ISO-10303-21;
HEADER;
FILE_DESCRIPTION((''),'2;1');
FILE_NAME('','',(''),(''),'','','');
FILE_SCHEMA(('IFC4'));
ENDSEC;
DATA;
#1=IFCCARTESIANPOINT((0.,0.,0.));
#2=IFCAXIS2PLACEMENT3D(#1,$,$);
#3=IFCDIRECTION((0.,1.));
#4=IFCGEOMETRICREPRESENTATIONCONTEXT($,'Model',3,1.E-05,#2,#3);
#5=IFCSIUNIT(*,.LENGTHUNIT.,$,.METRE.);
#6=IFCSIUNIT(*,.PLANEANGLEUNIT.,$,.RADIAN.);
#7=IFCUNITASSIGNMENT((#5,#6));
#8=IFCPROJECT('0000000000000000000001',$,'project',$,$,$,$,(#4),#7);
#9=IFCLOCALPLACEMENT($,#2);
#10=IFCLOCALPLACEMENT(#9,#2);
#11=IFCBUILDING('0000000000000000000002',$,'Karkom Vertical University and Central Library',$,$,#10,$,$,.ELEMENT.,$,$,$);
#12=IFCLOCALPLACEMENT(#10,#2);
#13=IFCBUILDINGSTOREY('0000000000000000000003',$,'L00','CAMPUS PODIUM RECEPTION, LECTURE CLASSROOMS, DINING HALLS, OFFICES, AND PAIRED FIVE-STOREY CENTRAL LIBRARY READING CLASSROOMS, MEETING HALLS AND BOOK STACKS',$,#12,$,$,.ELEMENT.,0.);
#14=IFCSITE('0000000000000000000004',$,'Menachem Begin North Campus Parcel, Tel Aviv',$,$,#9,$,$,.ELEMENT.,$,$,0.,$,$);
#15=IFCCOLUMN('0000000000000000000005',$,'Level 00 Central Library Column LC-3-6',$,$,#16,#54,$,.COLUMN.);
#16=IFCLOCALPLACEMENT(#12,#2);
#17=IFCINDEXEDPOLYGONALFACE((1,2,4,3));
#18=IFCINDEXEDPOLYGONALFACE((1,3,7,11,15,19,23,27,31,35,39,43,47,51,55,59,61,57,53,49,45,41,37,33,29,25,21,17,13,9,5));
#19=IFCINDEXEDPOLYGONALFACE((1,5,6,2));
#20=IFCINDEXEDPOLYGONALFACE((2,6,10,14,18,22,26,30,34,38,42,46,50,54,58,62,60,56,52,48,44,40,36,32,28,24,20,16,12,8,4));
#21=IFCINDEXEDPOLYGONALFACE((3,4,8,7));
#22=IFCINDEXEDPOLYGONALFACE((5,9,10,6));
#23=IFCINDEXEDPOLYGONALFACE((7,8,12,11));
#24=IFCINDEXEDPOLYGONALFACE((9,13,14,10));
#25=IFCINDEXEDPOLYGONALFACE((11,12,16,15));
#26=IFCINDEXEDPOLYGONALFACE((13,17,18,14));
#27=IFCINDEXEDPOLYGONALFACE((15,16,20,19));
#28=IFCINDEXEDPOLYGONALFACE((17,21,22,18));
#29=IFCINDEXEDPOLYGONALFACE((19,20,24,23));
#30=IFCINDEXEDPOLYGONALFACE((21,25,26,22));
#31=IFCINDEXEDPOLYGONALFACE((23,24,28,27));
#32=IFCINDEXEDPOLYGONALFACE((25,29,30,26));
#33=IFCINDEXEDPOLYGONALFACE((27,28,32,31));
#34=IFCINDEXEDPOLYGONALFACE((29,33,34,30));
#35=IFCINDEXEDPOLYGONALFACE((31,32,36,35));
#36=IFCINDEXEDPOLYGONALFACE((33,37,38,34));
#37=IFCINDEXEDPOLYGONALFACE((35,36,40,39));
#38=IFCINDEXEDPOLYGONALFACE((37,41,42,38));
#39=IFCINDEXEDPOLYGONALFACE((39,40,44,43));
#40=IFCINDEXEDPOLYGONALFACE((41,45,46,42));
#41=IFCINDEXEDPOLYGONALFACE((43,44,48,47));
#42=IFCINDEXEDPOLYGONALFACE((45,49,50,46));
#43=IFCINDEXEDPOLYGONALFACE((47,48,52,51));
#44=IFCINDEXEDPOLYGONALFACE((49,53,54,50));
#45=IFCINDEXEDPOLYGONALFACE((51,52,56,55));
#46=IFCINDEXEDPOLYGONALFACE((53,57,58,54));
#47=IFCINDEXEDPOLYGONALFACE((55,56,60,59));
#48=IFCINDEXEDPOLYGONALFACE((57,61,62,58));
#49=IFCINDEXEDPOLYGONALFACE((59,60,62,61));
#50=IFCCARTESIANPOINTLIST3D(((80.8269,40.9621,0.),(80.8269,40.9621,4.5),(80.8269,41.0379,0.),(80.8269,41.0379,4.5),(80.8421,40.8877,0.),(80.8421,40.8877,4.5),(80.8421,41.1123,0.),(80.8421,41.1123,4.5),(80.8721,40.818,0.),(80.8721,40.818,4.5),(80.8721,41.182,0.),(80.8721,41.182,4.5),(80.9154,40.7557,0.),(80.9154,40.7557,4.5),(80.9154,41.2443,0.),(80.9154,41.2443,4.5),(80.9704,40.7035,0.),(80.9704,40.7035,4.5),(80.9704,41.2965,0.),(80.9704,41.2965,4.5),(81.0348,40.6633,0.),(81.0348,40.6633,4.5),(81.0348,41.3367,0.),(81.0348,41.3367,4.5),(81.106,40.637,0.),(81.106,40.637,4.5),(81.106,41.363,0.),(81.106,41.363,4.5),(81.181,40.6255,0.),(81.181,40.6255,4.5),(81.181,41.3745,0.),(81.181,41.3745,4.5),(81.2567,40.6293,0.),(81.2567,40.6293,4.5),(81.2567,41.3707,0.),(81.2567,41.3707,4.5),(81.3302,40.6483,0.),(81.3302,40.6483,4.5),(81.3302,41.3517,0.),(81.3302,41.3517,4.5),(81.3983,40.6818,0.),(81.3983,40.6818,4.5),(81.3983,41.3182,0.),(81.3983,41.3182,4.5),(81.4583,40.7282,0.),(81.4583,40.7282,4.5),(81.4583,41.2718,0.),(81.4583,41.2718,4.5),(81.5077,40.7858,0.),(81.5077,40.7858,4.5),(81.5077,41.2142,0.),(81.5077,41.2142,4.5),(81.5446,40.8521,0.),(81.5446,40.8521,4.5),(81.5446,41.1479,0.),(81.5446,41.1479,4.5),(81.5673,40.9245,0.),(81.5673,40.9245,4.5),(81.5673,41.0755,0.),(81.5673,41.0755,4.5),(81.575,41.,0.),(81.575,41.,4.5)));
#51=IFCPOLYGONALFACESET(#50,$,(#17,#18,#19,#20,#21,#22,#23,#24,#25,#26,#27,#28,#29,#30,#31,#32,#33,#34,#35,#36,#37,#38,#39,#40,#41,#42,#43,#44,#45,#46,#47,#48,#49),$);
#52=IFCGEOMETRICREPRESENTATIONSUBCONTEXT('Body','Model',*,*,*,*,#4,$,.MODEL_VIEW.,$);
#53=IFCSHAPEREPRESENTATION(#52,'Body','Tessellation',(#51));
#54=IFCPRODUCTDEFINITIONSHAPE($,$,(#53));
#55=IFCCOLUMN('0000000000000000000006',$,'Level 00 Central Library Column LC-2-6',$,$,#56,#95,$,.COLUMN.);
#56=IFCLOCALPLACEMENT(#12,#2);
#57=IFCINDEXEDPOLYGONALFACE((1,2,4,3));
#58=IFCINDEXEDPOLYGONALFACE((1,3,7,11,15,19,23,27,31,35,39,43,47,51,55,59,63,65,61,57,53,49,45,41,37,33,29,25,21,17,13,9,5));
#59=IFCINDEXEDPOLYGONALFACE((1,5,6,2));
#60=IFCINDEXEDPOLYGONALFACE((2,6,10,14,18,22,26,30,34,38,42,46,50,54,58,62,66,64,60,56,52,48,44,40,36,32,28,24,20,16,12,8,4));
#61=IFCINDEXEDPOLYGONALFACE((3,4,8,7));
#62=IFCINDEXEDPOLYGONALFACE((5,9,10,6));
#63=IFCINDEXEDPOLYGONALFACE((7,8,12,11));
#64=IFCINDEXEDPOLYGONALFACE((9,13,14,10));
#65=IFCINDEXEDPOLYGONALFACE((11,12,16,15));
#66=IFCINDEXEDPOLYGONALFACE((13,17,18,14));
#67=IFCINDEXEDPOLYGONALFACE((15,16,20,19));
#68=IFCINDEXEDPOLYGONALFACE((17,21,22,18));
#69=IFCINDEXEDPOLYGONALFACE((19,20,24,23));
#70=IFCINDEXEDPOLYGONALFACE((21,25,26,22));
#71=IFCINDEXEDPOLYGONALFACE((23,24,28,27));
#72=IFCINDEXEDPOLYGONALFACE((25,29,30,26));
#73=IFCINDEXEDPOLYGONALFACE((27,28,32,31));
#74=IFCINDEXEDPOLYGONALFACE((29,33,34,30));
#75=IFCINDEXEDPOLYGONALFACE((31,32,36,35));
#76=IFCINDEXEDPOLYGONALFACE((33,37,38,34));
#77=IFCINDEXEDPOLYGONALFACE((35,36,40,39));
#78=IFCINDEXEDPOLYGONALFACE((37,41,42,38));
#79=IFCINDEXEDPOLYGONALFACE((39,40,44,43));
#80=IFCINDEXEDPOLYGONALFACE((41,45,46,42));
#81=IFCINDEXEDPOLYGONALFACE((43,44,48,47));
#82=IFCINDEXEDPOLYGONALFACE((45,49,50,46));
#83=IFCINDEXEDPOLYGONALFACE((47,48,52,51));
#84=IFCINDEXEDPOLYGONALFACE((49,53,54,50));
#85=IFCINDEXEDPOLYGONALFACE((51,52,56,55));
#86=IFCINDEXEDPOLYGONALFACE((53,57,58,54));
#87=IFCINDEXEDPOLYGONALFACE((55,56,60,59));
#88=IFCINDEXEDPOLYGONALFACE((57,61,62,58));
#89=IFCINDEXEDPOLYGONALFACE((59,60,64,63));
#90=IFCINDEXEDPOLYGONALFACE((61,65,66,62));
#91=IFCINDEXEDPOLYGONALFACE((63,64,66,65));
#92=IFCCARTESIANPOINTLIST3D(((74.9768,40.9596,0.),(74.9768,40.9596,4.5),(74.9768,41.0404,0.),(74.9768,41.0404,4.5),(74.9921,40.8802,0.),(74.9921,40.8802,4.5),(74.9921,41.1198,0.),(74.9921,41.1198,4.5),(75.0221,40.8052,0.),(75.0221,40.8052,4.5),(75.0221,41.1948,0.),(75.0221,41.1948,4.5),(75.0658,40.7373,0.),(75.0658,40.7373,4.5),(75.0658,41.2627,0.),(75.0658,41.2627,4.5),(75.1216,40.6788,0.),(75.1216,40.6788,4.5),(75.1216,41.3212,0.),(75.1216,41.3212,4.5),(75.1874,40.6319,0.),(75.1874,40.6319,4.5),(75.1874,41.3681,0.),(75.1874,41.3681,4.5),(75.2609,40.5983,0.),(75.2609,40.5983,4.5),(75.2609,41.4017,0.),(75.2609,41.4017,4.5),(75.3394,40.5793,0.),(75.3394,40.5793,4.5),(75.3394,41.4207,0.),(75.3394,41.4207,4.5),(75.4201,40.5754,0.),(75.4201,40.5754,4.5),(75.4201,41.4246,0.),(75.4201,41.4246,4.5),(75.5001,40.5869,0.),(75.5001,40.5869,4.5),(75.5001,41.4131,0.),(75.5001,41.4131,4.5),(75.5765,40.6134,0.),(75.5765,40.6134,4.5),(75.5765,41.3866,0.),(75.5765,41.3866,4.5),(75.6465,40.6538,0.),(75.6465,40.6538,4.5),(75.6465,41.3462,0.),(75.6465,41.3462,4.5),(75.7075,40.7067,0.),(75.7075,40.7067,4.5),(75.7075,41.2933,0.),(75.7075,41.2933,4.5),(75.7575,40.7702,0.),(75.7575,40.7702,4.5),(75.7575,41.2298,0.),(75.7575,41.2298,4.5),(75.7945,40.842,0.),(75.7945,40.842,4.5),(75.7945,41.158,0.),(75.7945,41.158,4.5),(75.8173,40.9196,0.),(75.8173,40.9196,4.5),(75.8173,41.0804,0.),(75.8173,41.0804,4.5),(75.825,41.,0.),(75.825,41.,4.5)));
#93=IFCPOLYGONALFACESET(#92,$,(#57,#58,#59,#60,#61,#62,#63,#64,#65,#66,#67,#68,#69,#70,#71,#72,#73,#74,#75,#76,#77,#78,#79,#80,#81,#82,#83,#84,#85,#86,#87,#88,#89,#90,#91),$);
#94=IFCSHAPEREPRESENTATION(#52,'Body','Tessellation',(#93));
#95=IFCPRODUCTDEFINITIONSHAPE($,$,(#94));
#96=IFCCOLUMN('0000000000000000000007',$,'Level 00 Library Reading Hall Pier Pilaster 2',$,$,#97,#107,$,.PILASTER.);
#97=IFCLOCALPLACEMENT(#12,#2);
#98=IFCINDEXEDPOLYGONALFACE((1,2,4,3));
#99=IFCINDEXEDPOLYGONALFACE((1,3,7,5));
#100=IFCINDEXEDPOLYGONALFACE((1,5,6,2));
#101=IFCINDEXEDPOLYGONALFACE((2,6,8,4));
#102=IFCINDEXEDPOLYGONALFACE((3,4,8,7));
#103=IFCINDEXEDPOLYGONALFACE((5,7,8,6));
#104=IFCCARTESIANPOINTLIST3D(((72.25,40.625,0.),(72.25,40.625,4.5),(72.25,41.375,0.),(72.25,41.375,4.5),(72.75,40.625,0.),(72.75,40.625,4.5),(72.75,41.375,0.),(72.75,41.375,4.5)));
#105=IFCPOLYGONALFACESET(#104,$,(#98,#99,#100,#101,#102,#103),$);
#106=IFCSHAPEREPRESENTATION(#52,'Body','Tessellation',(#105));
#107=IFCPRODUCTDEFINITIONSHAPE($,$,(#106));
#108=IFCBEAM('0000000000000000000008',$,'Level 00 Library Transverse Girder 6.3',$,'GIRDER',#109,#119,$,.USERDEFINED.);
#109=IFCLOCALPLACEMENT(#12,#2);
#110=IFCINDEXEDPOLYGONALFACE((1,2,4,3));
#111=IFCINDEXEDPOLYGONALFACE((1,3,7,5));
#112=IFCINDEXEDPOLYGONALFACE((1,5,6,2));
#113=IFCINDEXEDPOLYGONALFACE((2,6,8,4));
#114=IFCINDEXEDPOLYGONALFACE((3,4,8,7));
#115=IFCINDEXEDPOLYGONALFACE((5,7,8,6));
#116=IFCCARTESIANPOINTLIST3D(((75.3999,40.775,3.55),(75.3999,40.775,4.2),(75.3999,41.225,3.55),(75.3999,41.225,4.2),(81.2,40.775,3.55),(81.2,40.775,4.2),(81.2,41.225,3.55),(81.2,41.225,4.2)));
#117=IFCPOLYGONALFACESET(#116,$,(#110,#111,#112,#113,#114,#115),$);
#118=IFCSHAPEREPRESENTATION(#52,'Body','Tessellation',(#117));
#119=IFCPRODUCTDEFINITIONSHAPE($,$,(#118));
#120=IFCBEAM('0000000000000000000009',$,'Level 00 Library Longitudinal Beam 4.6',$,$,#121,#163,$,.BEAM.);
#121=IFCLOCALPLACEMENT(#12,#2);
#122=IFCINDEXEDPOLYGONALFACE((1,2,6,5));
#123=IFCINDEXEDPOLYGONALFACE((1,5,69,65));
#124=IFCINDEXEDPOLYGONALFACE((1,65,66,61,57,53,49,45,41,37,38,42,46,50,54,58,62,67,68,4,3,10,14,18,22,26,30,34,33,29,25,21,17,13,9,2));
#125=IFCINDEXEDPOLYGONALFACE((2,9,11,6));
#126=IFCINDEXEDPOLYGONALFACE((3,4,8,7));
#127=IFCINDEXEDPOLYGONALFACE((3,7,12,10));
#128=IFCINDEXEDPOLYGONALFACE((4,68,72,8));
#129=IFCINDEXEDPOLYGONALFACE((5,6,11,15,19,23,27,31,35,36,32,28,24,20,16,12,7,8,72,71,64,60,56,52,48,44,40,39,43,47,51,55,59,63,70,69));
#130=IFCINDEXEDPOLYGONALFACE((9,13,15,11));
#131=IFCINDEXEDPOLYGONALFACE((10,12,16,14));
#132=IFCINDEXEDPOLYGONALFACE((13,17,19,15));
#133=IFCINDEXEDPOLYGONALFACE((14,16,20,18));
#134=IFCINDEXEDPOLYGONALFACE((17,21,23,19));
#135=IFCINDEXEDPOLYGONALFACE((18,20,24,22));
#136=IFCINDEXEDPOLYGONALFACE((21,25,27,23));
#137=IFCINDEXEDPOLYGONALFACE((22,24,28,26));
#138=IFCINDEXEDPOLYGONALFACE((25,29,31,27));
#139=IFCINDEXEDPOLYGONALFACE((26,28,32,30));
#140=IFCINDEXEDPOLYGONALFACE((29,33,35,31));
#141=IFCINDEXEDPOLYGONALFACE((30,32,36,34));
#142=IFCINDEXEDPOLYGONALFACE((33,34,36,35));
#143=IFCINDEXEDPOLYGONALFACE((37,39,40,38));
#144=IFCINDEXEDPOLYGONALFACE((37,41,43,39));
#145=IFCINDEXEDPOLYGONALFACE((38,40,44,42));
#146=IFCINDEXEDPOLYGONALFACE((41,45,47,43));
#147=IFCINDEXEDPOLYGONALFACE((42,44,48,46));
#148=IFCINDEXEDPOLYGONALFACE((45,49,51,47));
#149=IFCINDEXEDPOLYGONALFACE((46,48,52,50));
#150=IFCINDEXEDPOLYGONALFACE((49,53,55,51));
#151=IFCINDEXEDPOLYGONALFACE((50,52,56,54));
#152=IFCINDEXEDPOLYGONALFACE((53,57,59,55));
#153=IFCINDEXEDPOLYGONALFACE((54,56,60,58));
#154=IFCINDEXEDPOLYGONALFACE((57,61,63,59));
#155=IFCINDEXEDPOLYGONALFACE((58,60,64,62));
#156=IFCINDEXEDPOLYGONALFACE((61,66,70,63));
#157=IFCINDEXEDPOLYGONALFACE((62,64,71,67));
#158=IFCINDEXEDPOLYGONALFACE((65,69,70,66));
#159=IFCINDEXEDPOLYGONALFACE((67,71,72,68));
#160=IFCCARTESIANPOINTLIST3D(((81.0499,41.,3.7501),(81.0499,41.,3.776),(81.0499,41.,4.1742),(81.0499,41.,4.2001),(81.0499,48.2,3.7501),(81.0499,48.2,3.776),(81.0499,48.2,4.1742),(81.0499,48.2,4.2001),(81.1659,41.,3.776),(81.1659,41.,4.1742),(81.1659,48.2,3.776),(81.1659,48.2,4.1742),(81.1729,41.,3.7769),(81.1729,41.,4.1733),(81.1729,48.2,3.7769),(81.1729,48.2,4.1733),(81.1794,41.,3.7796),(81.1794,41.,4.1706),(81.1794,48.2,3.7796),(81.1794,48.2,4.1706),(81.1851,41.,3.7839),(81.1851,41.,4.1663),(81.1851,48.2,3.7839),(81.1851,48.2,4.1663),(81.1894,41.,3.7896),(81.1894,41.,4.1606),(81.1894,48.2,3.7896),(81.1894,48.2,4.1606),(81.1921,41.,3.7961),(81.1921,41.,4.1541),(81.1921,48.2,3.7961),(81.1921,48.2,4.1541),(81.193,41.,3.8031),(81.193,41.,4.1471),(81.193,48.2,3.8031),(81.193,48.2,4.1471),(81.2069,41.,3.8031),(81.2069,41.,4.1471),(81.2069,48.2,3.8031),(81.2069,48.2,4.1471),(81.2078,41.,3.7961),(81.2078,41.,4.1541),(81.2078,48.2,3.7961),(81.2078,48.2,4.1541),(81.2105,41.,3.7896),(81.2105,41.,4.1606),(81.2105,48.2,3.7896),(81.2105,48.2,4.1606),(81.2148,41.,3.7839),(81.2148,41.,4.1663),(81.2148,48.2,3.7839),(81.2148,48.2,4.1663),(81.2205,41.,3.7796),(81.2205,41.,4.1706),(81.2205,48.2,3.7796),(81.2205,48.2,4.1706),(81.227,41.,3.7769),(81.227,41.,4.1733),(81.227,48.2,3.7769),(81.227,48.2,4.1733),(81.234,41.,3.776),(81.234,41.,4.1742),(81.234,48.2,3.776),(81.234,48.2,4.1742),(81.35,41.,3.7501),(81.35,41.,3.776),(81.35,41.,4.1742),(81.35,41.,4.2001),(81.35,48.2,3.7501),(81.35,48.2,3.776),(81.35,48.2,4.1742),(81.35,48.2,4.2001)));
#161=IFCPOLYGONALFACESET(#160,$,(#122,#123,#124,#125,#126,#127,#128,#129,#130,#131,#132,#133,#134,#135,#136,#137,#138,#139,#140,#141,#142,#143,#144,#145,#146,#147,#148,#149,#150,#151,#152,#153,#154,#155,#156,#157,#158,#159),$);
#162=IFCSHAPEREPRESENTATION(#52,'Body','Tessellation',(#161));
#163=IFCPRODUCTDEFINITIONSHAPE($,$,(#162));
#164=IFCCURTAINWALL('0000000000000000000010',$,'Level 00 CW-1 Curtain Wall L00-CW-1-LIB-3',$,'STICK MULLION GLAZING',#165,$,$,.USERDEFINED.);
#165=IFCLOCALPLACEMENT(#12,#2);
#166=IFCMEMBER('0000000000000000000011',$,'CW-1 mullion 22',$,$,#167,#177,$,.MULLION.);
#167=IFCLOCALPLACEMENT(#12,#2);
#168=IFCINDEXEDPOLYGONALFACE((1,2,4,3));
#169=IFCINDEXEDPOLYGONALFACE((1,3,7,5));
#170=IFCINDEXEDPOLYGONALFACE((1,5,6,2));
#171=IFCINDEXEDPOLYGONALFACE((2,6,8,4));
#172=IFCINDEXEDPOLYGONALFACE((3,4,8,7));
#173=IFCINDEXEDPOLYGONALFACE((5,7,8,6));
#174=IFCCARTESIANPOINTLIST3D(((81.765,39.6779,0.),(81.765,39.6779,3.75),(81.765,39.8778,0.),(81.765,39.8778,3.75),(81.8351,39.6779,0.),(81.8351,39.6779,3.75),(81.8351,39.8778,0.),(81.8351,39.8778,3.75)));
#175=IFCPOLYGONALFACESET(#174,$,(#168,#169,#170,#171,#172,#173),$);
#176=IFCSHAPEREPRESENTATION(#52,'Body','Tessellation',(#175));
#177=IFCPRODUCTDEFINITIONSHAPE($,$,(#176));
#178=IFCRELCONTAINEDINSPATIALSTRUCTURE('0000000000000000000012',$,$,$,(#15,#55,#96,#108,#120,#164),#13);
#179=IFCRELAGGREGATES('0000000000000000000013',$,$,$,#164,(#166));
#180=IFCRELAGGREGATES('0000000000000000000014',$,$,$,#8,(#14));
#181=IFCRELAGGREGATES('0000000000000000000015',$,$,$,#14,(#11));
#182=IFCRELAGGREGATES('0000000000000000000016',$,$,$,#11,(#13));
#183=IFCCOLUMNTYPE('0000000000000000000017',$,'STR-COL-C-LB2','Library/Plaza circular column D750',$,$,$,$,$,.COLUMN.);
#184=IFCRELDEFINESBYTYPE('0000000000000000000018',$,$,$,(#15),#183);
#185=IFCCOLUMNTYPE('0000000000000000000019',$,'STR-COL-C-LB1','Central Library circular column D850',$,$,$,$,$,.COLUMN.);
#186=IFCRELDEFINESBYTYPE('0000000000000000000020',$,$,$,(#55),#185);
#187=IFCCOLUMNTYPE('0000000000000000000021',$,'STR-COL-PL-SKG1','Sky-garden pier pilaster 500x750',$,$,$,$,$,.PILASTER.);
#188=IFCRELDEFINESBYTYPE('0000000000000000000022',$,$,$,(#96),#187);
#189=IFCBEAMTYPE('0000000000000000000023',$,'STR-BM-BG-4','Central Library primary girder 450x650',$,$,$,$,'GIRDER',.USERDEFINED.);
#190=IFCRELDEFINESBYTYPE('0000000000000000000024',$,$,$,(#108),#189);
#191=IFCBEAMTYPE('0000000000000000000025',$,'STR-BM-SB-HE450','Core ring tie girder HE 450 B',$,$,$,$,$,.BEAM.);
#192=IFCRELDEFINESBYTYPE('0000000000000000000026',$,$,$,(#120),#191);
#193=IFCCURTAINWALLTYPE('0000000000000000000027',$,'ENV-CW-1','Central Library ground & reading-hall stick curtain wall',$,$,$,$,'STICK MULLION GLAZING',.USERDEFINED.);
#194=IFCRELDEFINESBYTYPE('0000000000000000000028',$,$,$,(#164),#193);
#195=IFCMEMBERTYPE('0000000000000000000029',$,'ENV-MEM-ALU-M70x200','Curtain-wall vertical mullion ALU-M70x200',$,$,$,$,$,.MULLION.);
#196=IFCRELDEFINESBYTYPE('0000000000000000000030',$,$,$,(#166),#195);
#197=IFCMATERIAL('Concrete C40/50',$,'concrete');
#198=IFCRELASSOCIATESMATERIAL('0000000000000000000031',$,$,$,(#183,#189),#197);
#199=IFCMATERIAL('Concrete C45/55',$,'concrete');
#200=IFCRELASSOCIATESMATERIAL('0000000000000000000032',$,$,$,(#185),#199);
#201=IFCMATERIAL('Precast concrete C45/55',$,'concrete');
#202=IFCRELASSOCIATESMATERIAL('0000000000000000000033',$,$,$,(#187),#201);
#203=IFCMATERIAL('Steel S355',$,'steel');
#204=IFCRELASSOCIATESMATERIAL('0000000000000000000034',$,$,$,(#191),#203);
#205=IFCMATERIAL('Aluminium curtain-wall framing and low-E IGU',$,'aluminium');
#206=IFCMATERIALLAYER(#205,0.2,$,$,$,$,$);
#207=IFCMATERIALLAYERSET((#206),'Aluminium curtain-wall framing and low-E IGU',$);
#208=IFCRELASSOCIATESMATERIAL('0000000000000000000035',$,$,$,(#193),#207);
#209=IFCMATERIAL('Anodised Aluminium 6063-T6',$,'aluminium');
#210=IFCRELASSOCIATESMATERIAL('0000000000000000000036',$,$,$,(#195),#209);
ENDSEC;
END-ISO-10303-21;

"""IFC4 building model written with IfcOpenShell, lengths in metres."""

from ifc_helpers import new_model, si_unit, direction, frame, origin, origin_with_axes, origin_2d, place, context, subcontext, project, spatial, rectangle, circle, i_section, extrude, source, transform, mapped, material, layer, layer_set, material_profile, profile_set, type_object, element, aggregate, save


model = new_model("IFC4")

# Units and contexts
model_context = context("Model", 3, precision=1e-05, world=origin(), true_north=direction((0.0, 1.0)))
body_context = subcontext(model_context, "Body", "Model", "MODEL_VIEW")
ifc_project = project(units=[si_unit("LENGTHUNIT", "METRE"), si_unit("PLANEANGLEUNIT", "RADIAN")], contexts=[model_context])

# Site, building, storey
site_placement = place(None, origin())
site = spatial("IfcSite", under=ifc_project, at=site_placement, Name="Menachem Begin North Campus Parcel, Tel Aviv", CompositionType="ELEMENT", RefElevation=0.0)
building_placement = place(site_placement, origin())
building = spatial("IfcBuilding", under=site, at=building_placement, Name="Karkom Vertical University and Central Library", CompositionType="ELEMENT")
storey_placement = place(building_placement, origin())
storey = spatial("IfcBuildingStorey", under=building, at=storey_placement, Name="L00", Description="CAMPUS PODIUM RECEPTION, LECTURE CLASSROOMS, DINING HALLS, OFFICES, AND PAIRED FIVE-STOREY CENTRAL LIBRARY READING CLASSROOMS, MEETING HALLS AND BOOK STACKS", CompositionType="ELEMENT", Elevation=0.0)

# Columns
ifc_material_1 = material(Name="Concrete C40/50", Category="concrete")
ifc_material_profile_1 = material_profile(ifc_material_1, circle(Radius=0.375, at=origin_2d()), Name="RC-D750")
ifc_profile_set_1 = profile_set([ifc_material_profile_1], Name="Concrete C40/50")
column_type_1 = type_object("IfcColumnType", Name="STR-COL-C-LB2", Description="Library/Plaza circular column D750", PredefinedType="COLUMN", material=ifc_profile_set_1)
shared_shape_1 = source(origin_with_axes(), body_context, "Body", "SweptSolid", [
    extrude(circle(Radius=0.375, at=origin_2d()), origin(), (0.0, 0.0, 1.0), 4.5),
])
column_1_placement = place(storey_placement, frame((81.2, 41.0, 0.0), z_axis=(0.0, 0.0, 1.0), x_axis=(1.0, 0.0, 0.0)))
element("IfcColumn", 1, at=column_1_placement, inside=storey, type_object=column_type_1, Name="Level 00 Central Library Column LC-3-6", PredefinedType="COLUMN", context=body_context, shape_type="MappedRepresentation", body=[
    mapped(shared_shape_1, transform((0.0, 0.0, 0.0), scale=1.0)),
])
ifc_material_2 = material(Name="Concrete C45/55", Category="concrete")
ifc_material_profile_2 = material_profile(ifc_material_2, circle(Radius=0.425, at=origin_2d()), Name="RC-D850")
ifc_profile_set_2 = profile_set([ifc_material_profile_2], Name="Concrete C45/55")
column_type_2 = type_object("IfcColumnType", Name="STR-COL-C-LB1", Description="Central Library circular column D850", PredefinedType="COLUMN", material=ifc_profile_set_2)
shared_shape_2 = source(origin_with_axes(), body_context, "Body", "SweptSolid", [
    extrude(circle(Radius=0.425, at=origin_2d()), origin(), (0.0, 0.0, 1.0), 4.5),
])
column_2_placement = place(storey_placement, frame((75.3999, 41.0, 0.0), z_axis=(0.0, 0.0, 1.0), x_axis=(1.0, 0.0, 0.0)))
element("IfcColumn", 2, at=column_2_placement, inside=storey, type_object=column_type_2, Name="Level 00 Central Library Column LC-2-6", PredefinedType="COLUMN", context=body_context, shape_type="MappedRepresentation", body=[
    mapped(shared_shape_2, transform((0.0, 0.0, 0.0), scale=1.0)),
])
ifc_material_3 = material(Name="Precast concrete C45/55", Category="concrete")
ifc_material_profile_3 = material_profile(ifc_material_3, rectangle(XDim=0.5, YDim=0.75, at=origin_2d()), Name="PIL-500x750")
ifc_profile_set_3 = profile_set([ifc_material_profile_3], Name="Precast concrete C45/55")
column_type_3 = type_object("IfcColumnType", Name="STR-COL-PL-SKG1", Description="Sky-garden pier pilaster 500x750", PredefinedType="PILASTER", material=ifc_profile_set_3)
shared_shape_3 = source(origin_with_axes(), body_context, "Body", "SweptSolid", [
    extrude(rectangle(XDim=0.5, YDim=0.75, at=origin_2d()), origin(), (0.0, 0.0, 1.0), 4.5),
])
column_3_placement = place(storey_placement, frame((72.5, 41.0, 0.0), z_axis=(0.0, 0.0, 1.0), x_axis=(1.0, 0.0, 0.0)))
element("IfcColumn", 3, at=column_3_placement, inside=storey, type_object=column_type_3, Name="Level 00 Library Reading Hall Pier Pilaster 2", PredefinedType="PILASTER", context=body_context, shape_type="MappedRepresentation", body=[
    mapped(shared_shape_3, transform((0.0, 0.0, 0.0), scale=1.0)),
])

# Beams
ifc_material_profile_4 = material_profile(ifc_material_1, rectangle(XDim=0.45, YDim=0.6499, at=origin_2d()), Name="RCB-450x650")
ifc_profile_set_4 = profile_set([ifc_material_profile_4], Name="Concrete C40/50")
beam_type_1 = type_object("IfcBeamType", Name="STR-BM-BG-4", Description="Central Library primary girder 450x650", ElementType="GIRDER", PredefinedType="USERDEFINED", material=ifc_profile_set_4)
shared_shape_4 = source(origin_with_axes(), body_context, "Body", "SweptSolid", [
    extrude(rectangle(XDim=0.45, YDim=0.6499, at=origin_2d()), origin(), (0.0, 0.0, 1.0), 5.8),
])
beam_1_placement = place(storey_placement, frame((75.3999, 41.0, 3.875), z_axis=(1.0, 0.0, 0.0), x_axis=(0.0, 1.0, 0.0)))
element("IfcBeam", 4, at=beam_1_placement, inside=storey, type_object=beam_type_1, Name="Level 00 Library Transverse Girder 6.3", ObjectType="GIRDER", PredefinedType="USERDEFINED", context=body_context, shape_type="MappedRepresentation", body=[
    mapped(shared_shape_4, transform((0.0, 0.0, 0.0), scale=1.0)),
])
ifc_material_4 = material(Name="Steel S355", Category="steel")
ifc_material_profile_5 = material_profile(ifc_material_4, i_section(OverallWidth=0.3, OverallDepth=0.45, WebThickness=0.0139, FlangeThickness=0.0259, FilletRadius=0.0271, at=origin_2d()), Name="HE 450 B")
ifc_profile_set_5 = profile_set([ifc_material_profile_5], Name="Steel S355")
beam_type_2 = type_object("IfcBeamType", Name="STR-BM-SB-HE450", Description="Core ring tie girder HE 450 B", PredefinedType="BEAM", material=ifc_profile_set_5)
shared_shape_5 = source(origin_with_axes(), body_context, "Body", "SweptSolid", [
    extrude(i_section(OverallWidth=0.3, OverallDepth=0.45, WebThickness=0.0139, FlangeThickness=0.0259, FilletRadius=0.0271, at=origin_2d()), origin(), (0.0, 0.0, 1.0), 7.2),
])
beam_2_placement = place(storey_placement, frame((81.2, 41.0, 3.9751), z_axis=(0.0, 1.0, 0.0), x_axis=(-1.0, 0.0, 0.0)))
element("IfcBeam", 5, at=beam_2_placement, inside=storey, type_object=beam_type_2, Name="Level 00 Library Longitudinal Beam 4.6", PredefinedType="BEAM", context=body_context, shape_type="MappedRepresentation", body=[
    mapped(shared_shape_5, transform((0.0, 0.0, 0.0), scale=1.0)),
])

# Curtain wall, member
ifc_material_5 = material(Name="Aluminium curtain-wall framing and low-E IGU", Category="aluminium")
ifc_layer_1 = layer(ifc_material_5, 0.2)
ifc_layer_set_1 = layer_set([ifc_layer_1], Name="Aluminium curtain-wall framing and low-E IGU")
curtain_wall_type = type_object("IfcCurtainWallType", Name="ENV-CW-1", Description="Central Library ground & reading-hall stick curtain wall", ElementType="STICK MULLION GLAZING", PredefinedType="USERDEFINED", material=ifc_layer_set_1)
curtain_wall_placement = place(storey_placement, origin())
curtain_wall = element("IfcCurtainWall", 6, at=curtain_wall_placement, inside=storey, type_object=curtain_wall_type, Name="Level 00 CW-1 Curtain Wall L00-CW-1-LIB-3", ObjectType="STICK MULLION GLAZING", PredefinedType="USERDEFINED")
ifc_material_6 = material(Name="Anodised Aluminium 6063-T6", Category="aluminium")
ifc_material_profile_6 = material_profile(ifc_material_6, rectangle(XDim=0.0701, YDim=0.2, at=origin_2d()), Name="ALU-M70x200")
ifc_profile_set_6 = profile_set([ifc_material_profile_6], Name="Anodised Aluminium 6063-T6")
member_type_1 = type_object("IfcMemberType", Name="ENV-MEM-ALU-M70x200", Description="Curtain-wall vertical mullion ALU-M70x200", PredefinedType="MULLION", material=ifc_profile_set_6)
shared_shape_6 = source(origin_with_axes(), body_context, "Body", "SweptSolid", [
    extrude(rectangle(XDim=0.0701, YDim=0.2, at=origin_2d()), origin(), (0.0, 0.0, 1.0), 3.75),
])
member_1_placement = place(storey_placement, frame((81.8, 39.7778, 0.0), z_axis=(0.0, 0.0, 1.0), x_axis=(-1.0, 0.0, 0.0)))
member_1 = element("IfcMember", 7, at=member_1_placement, type_object=member_type_1, Name="CW-1 mullion 22", PredefinedType="MULLION", context=body_context, shape_type="MappedRepresentation", body=[
    mapped(shared_shape_6, transform((0.0, 0.0, 0.0), scale=1.0)),
])
aggregate(curtain_wall, [member_1])

save(model, "model.ifc")
